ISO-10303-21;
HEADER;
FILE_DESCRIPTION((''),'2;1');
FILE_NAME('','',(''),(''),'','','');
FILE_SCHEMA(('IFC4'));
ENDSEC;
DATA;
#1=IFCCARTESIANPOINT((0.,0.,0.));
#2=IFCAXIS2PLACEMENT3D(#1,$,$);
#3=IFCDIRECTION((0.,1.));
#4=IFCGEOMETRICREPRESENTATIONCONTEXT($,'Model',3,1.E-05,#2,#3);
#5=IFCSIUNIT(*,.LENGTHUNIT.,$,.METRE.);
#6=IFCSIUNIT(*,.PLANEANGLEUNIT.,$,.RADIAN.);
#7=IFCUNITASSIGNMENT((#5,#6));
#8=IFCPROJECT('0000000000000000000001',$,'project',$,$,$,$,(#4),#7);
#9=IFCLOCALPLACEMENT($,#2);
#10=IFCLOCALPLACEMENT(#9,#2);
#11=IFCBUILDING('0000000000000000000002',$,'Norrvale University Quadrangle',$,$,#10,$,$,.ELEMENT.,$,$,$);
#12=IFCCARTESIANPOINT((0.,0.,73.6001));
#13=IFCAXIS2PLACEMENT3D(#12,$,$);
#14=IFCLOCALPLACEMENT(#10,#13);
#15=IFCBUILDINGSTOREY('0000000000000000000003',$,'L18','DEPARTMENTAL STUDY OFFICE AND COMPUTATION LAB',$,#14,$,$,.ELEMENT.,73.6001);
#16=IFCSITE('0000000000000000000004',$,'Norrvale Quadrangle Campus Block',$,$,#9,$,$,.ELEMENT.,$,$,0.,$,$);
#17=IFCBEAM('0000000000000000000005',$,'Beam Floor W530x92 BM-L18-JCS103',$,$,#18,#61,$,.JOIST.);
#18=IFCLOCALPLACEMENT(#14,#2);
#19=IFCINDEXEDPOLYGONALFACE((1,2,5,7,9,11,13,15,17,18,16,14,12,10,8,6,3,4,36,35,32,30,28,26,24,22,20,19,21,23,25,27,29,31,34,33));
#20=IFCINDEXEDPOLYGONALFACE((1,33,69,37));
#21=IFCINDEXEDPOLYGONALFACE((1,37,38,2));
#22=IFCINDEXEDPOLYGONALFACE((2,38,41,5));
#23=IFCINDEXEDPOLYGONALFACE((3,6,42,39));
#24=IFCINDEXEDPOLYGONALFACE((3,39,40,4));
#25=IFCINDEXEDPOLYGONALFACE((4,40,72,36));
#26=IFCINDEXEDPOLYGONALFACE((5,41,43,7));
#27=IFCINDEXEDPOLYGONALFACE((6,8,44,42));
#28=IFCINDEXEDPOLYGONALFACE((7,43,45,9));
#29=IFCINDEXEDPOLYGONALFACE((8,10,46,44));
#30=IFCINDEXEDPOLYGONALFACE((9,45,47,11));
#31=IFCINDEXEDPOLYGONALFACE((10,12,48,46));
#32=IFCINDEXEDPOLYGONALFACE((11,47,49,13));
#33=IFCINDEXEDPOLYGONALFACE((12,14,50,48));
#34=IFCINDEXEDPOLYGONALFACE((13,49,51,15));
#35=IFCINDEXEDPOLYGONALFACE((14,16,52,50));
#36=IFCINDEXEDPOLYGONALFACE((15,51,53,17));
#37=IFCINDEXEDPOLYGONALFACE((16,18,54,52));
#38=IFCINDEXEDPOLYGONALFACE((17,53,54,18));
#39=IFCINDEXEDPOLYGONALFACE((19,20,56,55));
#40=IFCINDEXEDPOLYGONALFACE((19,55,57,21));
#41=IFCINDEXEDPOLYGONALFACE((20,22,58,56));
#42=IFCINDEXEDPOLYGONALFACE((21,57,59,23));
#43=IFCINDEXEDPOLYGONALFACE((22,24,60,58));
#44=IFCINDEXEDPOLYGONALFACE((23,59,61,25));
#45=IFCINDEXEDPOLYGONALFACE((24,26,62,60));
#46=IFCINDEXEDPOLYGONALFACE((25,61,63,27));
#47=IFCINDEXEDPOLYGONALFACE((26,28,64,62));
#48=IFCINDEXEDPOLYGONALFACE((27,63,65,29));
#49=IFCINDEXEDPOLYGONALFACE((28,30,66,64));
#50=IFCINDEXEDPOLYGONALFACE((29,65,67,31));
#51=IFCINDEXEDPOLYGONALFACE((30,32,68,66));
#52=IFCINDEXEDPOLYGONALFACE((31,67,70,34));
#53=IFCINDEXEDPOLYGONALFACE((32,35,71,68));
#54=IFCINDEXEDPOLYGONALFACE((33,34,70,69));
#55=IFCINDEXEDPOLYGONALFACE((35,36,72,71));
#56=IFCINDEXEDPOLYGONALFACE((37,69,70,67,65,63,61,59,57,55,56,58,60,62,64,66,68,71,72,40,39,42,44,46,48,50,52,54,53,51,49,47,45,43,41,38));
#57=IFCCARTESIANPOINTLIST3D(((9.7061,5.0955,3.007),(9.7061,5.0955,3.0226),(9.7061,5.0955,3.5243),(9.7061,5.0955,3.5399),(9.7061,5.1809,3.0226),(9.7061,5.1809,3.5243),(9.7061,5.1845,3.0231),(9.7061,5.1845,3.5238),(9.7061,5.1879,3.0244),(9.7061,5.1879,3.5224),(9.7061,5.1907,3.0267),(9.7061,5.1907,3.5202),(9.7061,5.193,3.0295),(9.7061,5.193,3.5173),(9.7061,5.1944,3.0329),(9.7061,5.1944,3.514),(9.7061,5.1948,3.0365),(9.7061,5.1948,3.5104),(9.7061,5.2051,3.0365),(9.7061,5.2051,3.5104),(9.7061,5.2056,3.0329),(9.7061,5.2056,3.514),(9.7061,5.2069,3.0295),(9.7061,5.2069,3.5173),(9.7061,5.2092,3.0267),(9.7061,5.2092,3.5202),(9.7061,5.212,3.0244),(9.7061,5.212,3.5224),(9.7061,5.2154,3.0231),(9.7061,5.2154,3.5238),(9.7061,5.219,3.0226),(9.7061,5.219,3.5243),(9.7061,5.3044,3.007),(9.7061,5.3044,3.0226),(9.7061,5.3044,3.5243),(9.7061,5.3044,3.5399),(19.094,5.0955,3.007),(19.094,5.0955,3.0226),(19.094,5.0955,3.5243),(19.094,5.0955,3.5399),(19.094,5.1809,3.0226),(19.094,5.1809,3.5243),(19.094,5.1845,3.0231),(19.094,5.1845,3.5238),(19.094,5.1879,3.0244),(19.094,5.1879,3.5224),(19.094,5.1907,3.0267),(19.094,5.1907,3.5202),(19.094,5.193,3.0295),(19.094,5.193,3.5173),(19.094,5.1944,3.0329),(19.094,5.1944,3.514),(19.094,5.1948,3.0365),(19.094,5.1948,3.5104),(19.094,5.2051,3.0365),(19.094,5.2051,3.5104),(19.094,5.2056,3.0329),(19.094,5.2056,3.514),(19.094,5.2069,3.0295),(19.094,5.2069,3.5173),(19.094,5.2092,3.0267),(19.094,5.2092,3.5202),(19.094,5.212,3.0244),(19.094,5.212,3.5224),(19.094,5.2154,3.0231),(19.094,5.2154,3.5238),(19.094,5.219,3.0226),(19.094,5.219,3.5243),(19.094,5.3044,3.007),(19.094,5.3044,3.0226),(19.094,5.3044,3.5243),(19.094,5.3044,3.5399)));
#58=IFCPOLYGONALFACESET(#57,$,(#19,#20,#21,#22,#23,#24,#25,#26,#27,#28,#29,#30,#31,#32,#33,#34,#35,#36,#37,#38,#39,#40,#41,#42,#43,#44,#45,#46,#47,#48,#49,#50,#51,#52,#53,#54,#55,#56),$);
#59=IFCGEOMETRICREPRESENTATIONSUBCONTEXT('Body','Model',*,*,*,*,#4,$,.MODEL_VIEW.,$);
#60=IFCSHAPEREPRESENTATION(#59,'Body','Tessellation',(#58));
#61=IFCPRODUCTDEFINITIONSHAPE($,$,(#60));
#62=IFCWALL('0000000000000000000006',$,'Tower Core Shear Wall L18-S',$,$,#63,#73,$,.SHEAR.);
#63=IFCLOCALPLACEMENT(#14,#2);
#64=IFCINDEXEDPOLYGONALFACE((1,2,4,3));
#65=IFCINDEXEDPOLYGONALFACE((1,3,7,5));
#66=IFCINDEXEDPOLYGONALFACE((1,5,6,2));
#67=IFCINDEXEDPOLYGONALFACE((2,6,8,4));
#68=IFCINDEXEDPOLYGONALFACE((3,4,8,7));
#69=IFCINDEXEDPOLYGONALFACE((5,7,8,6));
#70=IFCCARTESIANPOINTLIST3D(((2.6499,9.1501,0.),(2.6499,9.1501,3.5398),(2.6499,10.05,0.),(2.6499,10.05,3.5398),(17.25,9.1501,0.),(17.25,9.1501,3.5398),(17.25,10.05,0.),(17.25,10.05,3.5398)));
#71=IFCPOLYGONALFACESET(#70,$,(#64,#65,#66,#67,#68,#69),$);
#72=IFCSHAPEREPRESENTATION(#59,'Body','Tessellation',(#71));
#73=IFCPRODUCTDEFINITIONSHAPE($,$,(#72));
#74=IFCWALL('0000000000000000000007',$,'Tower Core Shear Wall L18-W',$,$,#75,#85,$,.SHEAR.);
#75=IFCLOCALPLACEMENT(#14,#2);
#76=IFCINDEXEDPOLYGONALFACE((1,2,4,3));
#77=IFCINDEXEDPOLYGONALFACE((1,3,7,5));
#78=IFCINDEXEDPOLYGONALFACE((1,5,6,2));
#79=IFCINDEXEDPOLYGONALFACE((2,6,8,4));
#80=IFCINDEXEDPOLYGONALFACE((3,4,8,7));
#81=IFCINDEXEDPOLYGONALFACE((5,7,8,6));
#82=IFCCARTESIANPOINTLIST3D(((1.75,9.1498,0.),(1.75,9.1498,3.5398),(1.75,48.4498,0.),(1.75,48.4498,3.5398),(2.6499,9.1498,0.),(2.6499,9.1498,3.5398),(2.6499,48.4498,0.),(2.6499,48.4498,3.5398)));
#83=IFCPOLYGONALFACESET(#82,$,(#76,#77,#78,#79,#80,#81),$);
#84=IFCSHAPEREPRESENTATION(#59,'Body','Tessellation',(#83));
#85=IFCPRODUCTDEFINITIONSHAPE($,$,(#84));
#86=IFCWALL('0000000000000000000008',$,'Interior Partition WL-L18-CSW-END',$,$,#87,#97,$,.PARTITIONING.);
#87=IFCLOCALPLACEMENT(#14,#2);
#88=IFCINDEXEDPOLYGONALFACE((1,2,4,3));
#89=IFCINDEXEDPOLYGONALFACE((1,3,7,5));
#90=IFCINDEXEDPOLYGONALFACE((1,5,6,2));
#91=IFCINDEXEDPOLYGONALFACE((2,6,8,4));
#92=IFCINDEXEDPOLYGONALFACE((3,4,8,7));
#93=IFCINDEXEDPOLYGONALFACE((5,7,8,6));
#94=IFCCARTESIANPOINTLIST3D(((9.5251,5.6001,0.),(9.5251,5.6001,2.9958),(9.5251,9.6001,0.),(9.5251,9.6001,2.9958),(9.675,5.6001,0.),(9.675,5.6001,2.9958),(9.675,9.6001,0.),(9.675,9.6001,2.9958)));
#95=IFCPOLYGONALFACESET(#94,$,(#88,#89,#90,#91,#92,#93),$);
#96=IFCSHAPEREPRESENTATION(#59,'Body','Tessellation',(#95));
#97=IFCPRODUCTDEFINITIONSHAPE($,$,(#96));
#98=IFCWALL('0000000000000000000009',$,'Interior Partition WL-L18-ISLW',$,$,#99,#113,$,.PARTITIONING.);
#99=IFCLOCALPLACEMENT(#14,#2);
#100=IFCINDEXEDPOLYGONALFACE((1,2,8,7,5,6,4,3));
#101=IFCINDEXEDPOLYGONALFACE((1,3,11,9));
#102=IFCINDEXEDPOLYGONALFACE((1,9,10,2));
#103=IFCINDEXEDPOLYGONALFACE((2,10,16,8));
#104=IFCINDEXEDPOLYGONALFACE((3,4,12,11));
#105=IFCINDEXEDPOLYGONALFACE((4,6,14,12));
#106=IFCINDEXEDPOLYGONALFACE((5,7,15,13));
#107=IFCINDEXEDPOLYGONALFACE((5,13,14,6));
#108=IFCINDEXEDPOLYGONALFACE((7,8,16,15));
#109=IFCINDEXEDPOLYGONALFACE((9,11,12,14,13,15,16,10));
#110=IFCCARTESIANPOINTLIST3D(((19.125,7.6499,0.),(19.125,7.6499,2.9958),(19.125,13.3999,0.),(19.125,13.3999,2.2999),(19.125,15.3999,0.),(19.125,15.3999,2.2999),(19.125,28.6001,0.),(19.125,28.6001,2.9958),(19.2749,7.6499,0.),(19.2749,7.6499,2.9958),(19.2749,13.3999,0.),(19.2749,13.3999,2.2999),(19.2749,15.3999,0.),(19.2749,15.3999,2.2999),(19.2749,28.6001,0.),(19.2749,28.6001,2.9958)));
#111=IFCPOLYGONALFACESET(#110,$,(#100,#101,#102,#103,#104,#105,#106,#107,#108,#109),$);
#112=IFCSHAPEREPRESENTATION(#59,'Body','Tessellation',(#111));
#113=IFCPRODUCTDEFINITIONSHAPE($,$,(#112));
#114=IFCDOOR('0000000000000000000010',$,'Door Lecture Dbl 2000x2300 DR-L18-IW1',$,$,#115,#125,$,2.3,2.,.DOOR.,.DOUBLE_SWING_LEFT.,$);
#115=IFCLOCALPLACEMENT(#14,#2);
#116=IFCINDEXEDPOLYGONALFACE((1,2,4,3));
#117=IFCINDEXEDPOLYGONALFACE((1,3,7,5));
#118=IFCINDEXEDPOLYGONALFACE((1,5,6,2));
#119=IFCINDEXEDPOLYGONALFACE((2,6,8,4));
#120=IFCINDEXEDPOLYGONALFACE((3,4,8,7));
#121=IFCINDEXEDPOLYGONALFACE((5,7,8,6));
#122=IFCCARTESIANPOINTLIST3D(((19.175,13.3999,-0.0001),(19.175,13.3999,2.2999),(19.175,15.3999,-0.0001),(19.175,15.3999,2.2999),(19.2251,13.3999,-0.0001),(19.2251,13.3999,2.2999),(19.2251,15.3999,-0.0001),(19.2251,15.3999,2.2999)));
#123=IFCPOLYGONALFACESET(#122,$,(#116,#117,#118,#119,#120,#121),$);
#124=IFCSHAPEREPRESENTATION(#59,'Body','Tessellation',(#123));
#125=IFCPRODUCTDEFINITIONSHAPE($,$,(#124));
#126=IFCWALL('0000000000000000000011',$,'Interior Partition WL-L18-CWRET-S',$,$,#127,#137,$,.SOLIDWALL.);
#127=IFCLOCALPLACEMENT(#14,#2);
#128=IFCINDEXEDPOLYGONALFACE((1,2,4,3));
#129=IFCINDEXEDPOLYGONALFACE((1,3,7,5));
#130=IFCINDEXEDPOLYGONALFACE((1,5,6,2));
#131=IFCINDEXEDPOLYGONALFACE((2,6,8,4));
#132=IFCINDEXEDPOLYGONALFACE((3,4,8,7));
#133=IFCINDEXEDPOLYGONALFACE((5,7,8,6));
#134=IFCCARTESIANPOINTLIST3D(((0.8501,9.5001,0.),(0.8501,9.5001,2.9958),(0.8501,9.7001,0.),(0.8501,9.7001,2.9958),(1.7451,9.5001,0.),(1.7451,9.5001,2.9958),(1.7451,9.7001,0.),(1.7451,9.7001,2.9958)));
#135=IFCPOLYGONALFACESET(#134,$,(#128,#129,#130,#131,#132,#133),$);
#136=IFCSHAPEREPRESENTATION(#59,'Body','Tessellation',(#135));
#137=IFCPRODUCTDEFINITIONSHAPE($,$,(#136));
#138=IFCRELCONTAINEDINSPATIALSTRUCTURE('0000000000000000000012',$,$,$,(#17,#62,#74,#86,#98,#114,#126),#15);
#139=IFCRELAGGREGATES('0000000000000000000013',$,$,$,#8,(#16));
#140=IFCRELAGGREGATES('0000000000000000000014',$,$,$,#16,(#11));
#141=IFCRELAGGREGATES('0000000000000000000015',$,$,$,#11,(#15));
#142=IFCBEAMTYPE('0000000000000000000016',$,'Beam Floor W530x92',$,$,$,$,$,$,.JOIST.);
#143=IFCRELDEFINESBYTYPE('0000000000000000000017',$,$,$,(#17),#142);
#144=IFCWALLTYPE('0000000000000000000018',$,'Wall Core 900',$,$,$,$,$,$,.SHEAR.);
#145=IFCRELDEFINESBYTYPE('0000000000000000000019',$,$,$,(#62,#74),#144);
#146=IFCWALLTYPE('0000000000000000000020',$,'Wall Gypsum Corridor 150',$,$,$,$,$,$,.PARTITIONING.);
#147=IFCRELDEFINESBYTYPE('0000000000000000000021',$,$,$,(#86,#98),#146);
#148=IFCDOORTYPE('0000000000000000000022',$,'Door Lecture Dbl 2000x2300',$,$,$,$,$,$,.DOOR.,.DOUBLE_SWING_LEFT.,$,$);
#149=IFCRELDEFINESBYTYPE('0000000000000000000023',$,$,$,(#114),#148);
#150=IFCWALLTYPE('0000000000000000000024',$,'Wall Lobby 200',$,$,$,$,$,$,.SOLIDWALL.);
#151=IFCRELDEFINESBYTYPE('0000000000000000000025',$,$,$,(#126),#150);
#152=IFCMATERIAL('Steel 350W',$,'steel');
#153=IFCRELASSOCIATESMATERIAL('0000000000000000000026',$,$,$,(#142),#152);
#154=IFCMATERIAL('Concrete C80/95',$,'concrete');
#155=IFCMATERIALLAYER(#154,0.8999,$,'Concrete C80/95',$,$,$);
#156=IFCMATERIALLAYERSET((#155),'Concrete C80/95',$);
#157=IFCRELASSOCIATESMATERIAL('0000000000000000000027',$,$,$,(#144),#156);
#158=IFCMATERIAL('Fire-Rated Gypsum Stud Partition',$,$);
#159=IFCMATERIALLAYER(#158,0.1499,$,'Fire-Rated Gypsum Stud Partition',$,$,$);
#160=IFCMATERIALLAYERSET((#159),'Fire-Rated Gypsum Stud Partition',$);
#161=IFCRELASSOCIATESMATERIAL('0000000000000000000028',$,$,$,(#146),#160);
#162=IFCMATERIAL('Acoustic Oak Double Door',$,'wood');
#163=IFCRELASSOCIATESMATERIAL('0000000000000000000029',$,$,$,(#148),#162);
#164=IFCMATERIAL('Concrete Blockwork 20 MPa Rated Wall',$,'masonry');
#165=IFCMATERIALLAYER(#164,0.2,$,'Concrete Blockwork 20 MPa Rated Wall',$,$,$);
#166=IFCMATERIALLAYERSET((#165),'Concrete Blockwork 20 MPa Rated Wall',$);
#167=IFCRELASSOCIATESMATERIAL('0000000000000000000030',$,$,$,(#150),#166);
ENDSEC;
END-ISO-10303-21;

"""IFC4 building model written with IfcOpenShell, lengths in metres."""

from ifc_helpers import new_model, si_unit, direction, frame, frame_2d, origin, origin_2d, place, context, subcontext, project, spatial, rectangle, i_section, extrude, material, layer, layer_set, material_profile, profile_set, type_object, element, fill, save


model = new_model("IFC4")

# Units and contexts
model_context = context("Model", 3, precision=1e-05, world=origin(), true_north=direction((0.0, 1.0)))
body_context = subcontext(model_context, "Body", "Model", "MODEL_VIEW")
ifc_project = project(units=[si_unit("LENGTHUNIT", "METRE"), si_unit("PLANEANGLEUNIT", "RADIAN")], contexts=[model_context])

# Site, building, storey
site_placement = place(None, origin())
site = spatial("IfcSite", under=ifc_project, at=site_placement, Name="Norrvale Quadrangle Campus Block", CompositionType="ELEMENT", RefElevation=0.0)
building_placement = place(site_placement, origin())
building = spatial("IfcBuilding", under=site, at=building_placement, Name="Norrvale University Quadrangle", CompositionType="ELEMENT")
storey_placement = place(building_placement, frame((0.0, 0.0, 73.6001)))
storey = spatial("IfcBuildingStorey", under=building, at=storey_placement, Name="L18", Description="DEPARTMENTAL STUDY OFFICE AND COMPUTATION LAB", CompositionType="ELEMENT", Elevation=73.6001)

# Shared definitions
ifc_material_1 = material(Name="Concrete C80/95", Category="concrete")

# Beam
ifc_material_2 = material(Name="Steel 350W", Category="steel")
ifc_material_profile_1 = material_profile(ifc_material_2, i_section(OverallWidth=0.209, OverallDepth=0.533, WebThickness=0.0103, FlangeThickness=0.0156, FilletRadius=0.0139, at=origin_2d()), Name="Steel 350W")
ifc_profile_set_1 = profile_set([ifc_material_profile_1], Name="Steel 350W")
beam_type_1 = type_object("IfcBeamType", Name="Beam Floor W530x92", PredefinedType="JOIST", material=ifc_profile_set_1)
beam_1_placement = place(storey_placement, frame((9.7061, 5.2, 3.2734), z_axis=(1.0, 0.0, 0.0), x_axis=(0.0, 1.0, 0.0)))
element("IfcBeam", 1, at=beam_1_placement, inside=storey, type_object=beam_type_1, Name="Beam Floor W530x92 BM-L18-JCS103", PredefinedType="JOIST", context=body_context, shape_type="SweptSolid", body=[
    extrude(i_section(OverallWidth=0.209, OverallDepth=0.533, WebThickness=0.0103, FlangeThickness=0.0156, FilletRadius=0.0139, at=origin_2d()), origin(), (0.0, 0.0, 1.0), 9.3879),
])

# Walls
ifc_layer_1 = layer(ifc_material_1, 0.8999, Name="Concrete C80/95")
ifc_layer_set_1 = layer_set([ifc_layer_1], Name="Concrete C80/95")
wall_type_1 = type_object("IfcWallType", Name="Wall Core 900", PredefinedType="SHEAR", material=ifc_layer_set_1)
wall_1_placement = place(storey_placement, frame((2.6499, 9.6001, 0.0), z_axis=(0.0, 0.0, 1.0), x_axis=(1.0, 0.0, 0.0)))
element("IfcWall", 2, at=wall_1_placement, inside=storey, type_object=wall_type_1, Name="Tower Core Shear Wall L18-S", PredefinedType="SHEAR", context=body_context, shape_type="SweptSolid", body=[
    extrude(rectangle(XDim=14.6001, YDim=0.8999, at=frame_2d((7.3, 0.0))), origin(), (0.0, 0.0, 1.0), 3.5398),
])
wall_2_placement = place(storey_placement, frame((2.2, 9.1499, 0.0), z_axis=(0.0, 0.0, 1.0), x_axis=(0.0, 1.0, 0.0)))
element("IfcWall", 3, at=wall_2_placement, inside=storey, type_object=wall_type_1, Name="Tower Core Shear Wall L18-W", PredefinedType="SHEAR", context=body_context, shape_type="SweptSolid", body=[
    extrude(rectangle(XDim=39.3, YDim=0.8999, at=frame_2d((19.6499, 0.0))), origin(), (0.0, 0.0, 1.0), 3.5398),
])
ifc_material_3 = material(Name="Fire-Rated Gypsum Stud Partition")
ifc_layer_2 = layer(ifc_material_3, 0.1499, Name="Fire-Rated Gypsum Stud Partition")
ifc_layer_set_2 = layer_set([ifc_layer_2], Name="Fire-Rated Gypsum Stud Partition")
wall_type_2 = type_object("IfcWallType", Name="Wall Gypsum Corridor 150", PredefinedType="PARTITIONING", material=ifc_layer_set_2)
wall_3_placement = place(storey_placement, frame((9.6001, 5.6001, 0.0), z_axis=(0.0, 0.0, 1.0), x_axis=(0.0, 1.0, 0.0)))
element("IfcWall", 4, at=wall_3_placement, inside=storey, type_object=wall_type_2, Name="Interior Partition WL-L18-CSW-END", PredefinedType="PARTITIONING", context=body_context, shape_type="SweptSolid", body=[
    extrude(rectangle(XDim=4.0, YDim=0.1499, at=frame_2d((2.0, 0.0))), origin(), (0.0, 0.0, 1.0), 2.9958),
])

# Wall, opening, door
wall_4_placement = place(storey_placement, frame((19.2, 7.6499, 0.0), z_axis=(0.0, 0.0, 1.0), x_axis=(0.0, 1.0, 0.0)))
wall_4 = element("IfcWall", 5, at=wall_4_placement, inside=storey, type_object=wall_type_2, Name="Interior Partition WL-L18-ISLW", PredefinedType="PARTITIONING", context=body_context, shape_type="SweptSolid", body=[
    extrude(rectangle(XDim=20.9502, YDim=0.1499, at=frame_2d((10.4751, 0.0))), origin(), (0.0, 0.0, 1.0), 2.9958),
])
opening_1_placement = place(wall_4_placement, frame((5.75, 0.0, 0.0)))
opening_1 = element("IfcOpeningElement", 6, at=opening_1_placement, cuts=wall_4, PredefinedType="OPENING", context=body_context, shape_type="SweptSolid", body=[
    extrude(rectangle(XDim=2.0, YDim=2.3, at=frame_2d((1.0, 1.1499))), frame((0.0, 0.0869, 0.0), z_axis=(0.0, -1.0, 0.0), x_axis=(1.0, 0.0, 0.0)), (0.0, 0.0, 1.0), 0.1738),
])
ifc_material_4 = material(Name="Acoustic Oak Double Door", Category="wood")
door_type = type_object("IfcDoorType", Name="Door Lecture Dbl 2000x2300", OperationType="DOUBLE_SWING_LEFT", PredefinedType="DOOR", material=ifc_material_4)
door_placement = place(opening_1_placement, origin())
door = element("IfcDoor", 7, at=door_placement, inside=storey, type_object=door_type, Name="Door Lecture Dbl 2000x2300 DR-L18-IW1", OperationType="DOUBLE_SWING_LEFT", OverallHeight=2.3, OverallWidth=2.0, PredefinedType="DOOR", context=body_context, shape_type="SweptSolid", body=[
    extrude(rectangle(XDim=2.0, YDim=2.3, at=frame_2d((1.0, 1.1499))), frame((0.0, 0.0249, 0.0), z_axis=(0.0, -1.0, 0.0), x_axis=(1.0, 0.0, 0.0)), (0.0, 0.0, 1.0), 0.05),
])
fill(opening_1, door)

# Wall
ifc_material_5 = material(Name="Concrete Blockwork 20 MPa Rated Wall", Category="masonry")
ifc_layer_3 = layer(ifc_material_5, 0.2, Name="Concrete Blockwork 20 MPa Rated Wall")
ifc_layer_set_3 = layer_set([ifc_layer_3], Name="Concrete Blockwork 20 MPa Rated Wall")
wall_type_3 = type_object("IfcWallType", Name="Wall Lobby 200", PredefinedType="SOLIDWALL", material=ifc_layer_set_3)
wall_5_placement = place(storey_placement, frame((0.8501, 9.6001, 0.0), z_axis=(0.0, 0.0, 1.0), x_axis=(1.0, 0.0, 0.0)))
element("IfcWall", 8, at=wall_5_placement, inside=storey, type_object=wall_type_3, Name="Interior Partition WL-L18-CWRET-S", PredefinedType="SOLIDWALL", context=body_context, shape_type="SweptSolid", body=[
    extrude(rectangle(XDim=0.895, YDim=0.2, at=frame_2d((0.4475, 0.0))), origin(), (0.0, 0.0, 1.0), 2.9958),
])

save(model, "model.ifc")
